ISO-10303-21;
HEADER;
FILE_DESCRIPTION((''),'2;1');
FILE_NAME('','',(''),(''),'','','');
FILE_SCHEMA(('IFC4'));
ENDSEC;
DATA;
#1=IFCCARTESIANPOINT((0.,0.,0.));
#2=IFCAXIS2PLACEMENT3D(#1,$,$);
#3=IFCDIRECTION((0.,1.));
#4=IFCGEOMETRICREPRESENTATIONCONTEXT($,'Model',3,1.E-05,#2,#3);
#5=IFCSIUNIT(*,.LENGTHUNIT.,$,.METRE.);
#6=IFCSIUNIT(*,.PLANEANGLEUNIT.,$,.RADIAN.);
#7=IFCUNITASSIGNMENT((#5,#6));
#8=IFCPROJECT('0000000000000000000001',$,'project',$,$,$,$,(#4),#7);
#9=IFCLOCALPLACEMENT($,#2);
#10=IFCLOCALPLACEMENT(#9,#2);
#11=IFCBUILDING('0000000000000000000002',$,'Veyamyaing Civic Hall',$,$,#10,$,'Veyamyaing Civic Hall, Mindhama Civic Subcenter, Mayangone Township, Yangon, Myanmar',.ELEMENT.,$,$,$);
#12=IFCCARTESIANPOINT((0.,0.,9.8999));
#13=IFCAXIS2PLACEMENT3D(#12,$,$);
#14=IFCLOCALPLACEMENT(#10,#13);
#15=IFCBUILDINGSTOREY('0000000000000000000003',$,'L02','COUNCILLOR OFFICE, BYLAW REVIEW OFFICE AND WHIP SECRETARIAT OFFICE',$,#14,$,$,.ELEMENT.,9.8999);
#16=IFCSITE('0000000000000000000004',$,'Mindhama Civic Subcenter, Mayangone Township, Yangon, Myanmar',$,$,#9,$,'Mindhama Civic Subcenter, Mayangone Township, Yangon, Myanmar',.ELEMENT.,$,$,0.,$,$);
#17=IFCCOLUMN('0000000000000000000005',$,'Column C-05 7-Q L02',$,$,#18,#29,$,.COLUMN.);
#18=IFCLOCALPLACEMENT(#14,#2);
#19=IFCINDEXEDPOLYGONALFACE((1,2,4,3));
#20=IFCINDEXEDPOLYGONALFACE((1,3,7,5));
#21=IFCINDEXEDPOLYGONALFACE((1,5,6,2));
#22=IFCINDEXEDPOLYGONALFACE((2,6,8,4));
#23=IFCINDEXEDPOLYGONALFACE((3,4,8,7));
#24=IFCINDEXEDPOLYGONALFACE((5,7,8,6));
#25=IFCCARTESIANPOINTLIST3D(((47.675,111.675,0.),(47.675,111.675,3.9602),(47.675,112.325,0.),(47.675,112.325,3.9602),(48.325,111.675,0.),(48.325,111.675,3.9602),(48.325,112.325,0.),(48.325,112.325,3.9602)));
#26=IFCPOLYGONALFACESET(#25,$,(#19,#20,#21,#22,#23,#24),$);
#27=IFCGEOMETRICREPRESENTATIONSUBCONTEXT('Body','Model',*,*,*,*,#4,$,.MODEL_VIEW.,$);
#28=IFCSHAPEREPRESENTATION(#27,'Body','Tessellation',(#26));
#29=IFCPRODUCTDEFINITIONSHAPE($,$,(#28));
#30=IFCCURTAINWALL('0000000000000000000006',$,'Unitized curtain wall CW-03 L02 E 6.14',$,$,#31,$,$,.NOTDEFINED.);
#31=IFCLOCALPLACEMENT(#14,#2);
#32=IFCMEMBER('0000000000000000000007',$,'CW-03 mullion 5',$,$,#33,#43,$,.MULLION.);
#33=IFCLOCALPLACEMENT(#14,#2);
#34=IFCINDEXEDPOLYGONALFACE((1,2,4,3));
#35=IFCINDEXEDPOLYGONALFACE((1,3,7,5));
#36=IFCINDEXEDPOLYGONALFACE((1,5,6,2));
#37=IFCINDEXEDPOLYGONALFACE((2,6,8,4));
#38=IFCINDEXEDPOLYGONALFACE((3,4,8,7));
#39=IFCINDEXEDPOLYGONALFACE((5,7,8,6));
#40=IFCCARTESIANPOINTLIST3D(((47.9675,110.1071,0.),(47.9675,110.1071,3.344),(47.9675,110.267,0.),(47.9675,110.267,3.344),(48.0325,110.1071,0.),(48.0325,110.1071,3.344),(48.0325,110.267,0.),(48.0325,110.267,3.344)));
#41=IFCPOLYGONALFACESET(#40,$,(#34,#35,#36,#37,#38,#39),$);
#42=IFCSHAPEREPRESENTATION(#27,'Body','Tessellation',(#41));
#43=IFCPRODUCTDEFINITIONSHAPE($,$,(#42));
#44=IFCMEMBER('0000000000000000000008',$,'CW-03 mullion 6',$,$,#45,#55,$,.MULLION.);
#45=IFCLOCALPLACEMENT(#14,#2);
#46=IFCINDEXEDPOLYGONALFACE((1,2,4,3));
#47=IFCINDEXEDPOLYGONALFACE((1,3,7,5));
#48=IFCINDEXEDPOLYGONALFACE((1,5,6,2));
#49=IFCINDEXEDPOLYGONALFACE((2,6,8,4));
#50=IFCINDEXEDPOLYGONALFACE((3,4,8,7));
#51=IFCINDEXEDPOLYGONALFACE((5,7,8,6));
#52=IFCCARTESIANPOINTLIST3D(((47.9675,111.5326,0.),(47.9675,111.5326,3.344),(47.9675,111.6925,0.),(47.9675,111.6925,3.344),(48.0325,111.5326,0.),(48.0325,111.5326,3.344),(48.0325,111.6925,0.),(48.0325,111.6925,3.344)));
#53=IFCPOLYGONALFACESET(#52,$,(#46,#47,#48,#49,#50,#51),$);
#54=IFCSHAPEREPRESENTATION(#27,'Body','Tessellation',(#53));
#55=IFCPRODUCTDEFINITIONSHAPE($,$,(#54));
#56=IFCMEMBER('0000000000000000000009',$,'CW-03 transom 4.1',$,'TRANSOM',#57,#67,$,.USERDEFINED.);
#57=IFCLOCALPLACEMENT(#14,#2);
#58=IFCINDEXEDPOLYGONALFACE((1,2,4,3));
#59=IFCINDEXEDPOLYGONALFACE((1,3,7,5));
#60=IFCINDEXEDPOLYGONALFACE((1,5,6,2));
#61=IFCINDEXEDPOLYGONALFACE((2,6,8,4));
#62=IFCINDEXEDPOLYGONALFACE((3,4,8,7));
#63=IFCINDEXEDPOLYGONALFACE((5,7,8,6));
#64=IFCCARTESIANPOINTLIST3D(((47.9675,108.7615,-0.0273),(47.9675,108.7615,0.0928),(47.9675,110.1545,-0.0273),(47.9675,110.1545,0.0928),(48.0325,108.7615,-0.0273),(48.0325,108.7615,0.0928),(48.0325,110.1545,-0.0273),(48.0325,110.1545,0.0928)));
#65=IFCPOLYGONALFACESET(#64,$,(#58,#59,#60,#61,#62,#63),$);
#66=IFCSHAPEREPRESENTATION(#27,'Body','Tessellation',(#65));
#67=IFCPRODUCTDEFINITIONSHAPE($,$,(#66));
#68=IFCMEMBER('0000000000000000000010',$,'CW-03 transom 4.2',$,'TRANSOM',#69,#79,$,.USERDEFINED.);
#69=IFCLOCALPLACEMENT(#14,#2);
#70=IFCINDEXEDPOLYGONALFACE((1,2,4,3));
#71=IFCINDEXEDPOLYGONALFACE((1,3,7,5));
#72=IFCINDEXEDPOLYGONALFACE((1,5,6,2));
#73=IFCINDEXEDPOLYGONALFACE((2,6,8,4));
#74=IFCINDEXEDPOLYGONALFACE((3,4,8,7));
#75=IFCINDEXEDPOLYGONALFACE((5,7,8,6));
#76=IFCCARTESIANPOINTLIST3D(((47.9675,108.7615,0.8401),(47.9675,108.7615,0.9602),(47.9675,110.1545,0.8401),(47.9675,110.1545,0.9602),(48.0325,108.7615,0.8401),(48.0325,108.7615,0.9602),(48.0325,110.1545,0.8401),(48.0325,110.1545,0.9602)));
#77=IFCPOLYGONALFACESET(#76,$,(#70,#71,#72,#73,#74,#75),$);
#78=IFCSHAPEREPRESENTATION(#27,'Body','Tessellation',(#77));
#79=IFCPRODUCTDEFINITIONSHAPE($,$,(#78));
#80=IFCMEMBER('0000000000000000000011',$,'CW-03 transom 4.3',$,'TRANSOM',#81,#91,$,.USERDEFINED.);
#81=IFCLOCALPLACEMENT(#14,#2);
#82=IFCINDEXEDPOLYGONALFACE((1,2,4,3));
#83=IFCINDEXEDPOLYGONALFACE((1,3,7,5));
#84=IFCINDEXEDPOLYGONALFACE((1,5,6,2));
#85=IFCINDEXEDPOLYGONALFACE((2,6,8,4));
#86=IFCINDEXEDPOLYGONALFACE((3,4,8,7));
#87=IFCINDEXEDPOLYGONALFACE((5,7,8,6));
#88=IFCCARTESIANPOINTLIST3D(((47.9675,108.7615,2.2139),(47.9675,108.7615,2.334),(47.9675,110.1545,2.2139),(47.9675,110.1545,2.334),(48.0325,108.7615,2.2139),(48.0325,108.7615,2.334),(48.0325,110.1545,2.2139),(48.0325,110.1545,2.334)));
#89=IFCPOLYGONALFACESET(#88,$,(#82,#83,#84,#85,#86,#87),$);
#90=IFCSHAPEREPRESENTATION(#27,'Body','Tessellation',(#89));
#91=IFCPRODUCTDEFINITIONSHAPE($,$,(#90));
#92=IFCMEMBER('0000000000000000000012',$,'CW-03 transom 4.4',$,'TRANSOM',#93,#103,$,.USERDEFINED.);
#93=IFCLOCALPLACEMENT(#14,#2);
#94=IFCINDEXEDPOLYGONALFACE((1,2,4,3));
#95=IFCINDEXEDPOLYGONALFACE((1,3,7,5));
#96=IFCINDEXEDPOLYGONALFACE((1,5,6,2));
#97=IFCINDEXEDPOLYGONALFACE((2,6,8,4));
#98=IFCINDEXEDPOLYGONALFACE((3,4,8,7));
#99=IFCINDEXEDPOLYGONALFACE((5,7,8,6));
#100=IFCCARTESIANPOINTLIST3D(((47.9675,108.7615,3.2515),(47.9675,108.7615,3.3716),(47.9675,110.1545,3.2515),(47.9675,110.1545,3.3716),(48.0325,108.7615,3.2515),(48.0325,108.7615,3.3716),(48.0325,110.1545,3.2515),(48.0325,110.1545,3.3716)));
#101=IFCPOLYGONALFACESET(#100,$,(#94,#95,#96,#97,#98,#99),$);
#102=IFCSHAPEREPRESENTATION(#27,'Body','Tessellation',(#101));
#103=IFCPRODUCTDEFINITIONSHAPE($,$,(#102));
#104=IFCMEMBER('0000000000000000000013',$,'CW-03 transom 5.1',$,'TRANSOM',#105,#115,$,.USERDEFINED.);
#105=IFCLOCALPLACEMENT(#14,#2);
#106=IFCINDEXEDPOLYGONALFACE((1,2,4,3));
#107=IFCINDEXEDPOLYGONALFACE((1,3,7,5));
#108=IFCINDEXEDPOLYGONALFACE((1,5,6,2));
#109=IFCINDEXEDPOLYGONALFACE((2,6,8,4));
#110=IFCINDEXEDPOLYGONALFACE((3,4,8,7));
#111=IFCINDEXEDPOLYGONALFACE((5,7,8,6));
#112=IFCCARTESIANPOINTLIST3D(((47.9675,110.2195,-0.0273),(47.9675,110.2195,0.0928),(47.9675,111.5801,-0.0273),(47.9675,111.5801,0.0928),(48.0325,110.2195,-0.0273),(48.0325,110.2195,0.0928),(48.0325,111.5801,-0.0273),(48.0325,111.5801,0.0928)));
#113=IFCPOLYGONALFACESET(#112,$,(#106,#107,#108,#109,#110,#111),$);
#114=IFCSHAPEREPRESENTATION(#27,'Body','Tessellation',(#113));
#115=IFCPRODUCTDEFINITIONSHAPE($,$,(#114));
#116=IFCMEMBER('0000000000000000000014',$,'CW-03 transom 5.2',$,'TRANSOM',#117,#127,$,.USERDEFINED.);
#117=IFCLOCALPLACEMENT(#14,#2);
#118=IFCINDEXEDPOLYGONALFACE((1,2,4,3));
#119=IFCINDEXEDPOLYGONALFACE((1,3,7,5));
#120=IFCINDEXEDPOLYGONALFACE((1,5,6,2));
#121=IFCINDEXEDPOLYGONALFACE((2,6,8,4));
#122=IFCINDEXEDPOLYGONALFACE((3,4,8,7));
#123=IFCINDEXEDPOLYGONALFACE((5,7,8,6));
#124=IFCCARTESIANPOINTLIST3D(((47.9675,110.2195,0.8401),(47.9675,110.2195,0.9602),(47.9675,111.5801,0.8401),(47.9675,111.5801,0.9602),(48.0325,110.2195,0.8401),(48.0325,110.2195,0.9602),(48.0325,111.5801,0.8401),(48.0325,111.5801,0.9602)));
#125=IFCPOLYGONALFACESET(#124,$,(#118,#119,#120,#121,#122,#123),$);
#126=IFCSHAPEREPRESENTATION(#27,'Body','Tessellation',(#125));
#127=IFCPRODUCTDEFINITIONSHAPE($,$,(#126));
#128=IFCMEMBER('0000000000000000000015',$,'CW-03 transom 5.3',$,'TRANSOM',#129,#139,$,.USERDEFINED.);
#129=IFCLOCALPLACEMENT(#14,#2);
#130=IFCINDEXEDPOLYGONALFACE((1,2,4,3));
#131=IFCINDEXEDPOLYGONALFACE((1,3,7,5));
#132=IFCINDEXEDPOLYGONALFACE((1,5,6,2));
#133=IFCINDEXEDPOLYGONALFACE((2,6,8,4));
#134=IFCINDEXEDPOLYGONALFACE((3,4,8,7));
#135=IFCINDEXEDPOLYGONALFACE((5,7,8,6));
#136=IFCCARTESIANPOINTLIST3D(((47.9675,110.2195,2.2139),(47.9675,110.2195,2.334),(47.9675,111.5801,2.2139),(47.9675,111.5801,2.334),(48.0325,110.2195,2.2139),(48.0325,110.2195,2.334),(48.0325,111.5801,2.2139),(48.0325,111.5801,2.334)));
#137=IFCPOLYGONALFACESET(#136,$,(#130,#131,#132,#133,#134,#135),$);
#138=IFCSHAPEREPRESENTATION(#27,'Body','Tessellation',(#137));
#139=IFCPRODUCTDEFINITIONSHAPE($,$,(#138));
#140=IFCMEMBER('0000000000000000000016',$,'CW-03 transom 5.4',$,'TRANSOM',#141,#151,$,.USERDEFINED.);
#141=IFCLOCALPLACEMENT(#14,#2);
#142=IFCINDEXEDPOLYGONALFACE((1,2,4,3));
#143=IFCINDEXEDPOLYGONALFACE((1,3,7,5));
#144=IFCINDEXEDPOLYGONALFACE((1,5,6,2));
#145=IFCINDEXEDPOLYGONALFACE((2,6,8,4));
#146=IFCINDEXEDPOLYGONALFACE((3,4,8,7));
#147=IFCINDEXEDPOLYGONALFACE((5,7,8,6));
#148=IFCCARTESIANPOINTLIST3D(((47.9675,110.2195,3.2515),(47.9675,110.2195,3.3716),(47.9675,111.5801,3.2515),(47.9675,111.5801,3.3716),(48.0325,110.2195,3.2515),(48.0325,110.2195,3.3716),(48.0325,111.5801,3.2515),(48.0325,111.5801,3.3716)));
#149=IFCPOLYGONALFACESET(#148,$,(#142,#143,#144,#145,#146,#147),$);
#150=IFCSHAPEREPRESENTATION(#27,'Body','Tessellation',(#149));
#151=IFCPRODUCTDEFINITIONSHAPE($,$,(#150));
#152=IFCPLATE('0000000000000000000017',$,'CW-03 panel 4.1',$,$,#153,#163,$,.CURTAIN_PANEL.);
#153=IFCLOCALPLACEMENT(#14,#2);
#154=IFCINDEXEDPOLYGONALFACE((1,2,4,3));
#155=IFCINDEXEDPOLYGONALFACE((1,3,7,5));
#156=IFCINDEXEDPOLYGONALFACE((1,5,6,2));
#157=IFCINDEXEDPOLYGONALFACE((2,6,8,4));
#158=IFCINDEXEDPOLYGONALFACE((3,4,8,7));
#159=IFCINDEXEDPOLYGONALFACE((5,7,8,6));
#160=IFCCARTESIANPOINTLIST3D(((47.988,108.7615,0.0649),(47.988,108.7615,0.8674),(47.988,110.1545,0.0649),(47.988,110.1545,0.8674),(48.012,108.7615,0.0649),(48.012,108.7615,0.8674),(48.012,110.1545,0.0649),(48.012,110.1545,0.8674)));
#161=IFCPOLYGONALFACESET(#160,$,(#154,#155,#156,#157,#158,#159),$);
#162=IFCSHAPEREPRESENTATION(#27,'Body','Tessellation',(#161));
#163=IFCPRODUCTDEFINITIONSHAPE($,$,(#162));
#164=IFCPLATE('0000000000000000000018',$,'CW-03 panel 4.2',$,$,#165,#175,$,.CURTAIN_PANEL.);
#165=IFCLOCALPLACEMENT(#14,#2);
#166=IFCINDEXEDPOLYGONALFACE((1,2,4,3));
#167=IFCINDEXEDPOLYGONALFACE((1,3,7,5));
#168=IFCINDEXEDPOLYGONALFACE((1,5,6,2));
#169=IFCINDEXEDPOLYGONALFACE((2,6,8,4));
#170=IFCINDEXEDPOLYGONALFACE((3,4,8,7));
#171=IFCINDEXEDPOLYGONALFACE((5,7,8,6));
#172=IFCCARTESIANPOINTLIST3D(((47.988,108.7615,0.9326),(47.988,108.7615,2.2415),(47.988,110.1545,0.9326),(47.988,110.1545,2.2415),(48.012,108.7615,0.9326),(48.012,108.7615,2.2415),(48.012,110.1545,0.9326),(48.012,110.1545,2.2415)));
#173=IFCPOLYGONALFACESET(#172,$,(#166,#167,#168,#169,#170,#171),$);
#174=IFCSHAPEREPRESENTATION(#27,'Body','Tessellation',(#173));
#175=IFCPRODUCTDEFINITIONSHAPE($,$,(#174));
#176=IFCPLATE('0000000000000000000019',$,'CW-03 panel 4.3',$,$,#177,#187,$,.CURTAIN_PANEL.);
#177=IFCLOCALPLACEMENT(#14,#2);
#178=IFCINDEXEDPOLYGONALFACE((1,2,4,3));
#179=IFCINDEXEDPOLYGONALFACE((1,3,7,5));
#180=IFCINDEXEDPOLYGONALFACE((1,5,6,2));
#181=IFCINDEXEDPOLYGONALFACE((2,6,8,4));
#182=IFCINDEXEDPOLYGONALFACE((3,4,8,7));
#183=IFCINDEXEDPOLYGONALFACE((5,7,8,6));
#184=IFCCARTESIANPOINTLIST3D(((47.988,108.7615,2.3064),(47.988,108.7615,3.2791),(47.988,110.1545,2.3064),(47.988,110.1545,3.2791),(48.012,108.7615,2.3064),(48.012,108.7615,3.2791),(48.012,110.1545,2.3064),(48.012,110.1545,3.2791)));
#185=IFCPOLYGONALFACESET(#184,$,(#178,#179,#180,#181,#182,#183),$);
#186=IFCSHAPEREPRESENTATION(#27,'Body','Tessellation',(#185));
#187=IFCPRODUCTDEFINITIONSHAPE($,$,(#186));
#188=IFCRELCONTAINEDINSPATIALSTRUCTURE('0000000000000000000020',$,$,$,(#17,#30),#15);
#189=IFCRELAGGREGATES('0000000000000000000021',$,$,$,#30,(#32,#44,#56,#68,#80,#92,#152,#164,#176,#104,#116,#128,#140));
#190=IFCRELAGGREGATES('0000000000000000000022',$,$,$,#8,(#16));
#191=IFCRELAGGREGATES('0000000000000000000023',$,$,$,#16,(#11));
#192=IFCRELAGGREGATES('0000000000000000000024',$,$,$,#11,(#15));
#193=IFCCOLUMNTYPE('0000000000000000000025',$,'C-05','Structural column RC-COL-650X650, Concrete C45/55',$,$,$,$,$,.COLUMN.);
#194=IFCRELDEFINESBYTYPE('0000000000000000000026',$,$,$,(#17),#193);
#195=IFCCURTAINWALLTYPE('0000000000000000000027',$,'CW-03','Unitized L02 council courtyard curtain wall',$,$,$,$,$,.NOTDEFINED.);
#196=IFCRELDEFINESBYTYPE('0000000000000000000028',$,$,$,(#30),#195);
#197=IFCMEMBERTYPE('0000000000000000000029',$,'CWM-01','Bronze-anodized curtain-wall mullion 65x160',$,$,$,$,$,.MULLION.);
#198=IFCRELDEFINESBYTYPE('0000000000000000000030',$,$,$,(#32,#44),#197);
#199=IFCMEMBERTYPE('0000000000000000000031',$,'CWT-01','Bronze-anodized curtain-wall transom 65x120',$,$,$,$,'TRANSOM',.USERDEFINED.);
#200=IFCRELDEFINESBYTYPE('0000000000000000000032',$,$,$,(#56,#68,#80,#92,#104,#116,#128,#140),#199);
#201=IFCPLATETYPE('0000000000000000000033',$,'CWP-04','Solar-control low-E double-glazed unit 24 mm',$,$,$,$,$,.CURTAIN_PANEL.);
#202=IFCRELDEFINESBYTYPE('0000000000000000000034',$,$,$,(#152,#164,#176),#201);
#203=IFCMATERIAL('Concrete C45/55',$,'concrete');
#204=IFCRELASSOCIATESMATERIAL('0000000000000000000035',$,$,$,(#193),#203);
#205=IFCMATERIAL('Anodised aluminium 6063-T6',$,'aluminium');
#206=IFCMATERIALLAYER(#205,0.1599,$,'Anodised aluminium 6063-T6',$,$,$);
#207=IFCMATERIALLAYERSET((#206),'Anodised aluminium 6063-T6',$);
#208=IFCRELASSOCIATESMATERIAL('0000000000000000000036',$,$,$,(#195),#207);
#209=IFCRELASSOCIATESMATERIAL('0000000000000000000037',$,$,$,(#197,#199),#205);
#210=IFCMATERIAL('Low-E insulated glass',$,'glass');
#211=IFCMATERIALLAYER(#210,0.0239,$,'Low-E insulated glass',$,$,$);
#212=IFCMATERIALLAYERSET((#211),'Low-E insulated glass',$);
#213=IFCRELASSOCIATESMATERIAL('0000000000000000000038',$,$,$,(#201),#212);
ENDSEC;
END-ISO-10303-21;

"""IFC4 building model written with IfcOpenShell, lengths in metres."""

from ifc_helpers import new_model, si_unit, direction, frame, origin, origin_2d, place, context, subcontext, project, spatial, rectangle, extrude, material, layer, layer_set, material_profile, profile_set, type_object, element, aggregate, save


model = new_model("IFC4")

# Units and contexts
model_context = context("Model", 3, precision=1e-05, world=origin(), true_north=direction((0.0, 1.0)))
body_context = subcontext(model_context, "Body", "Model", "MODEL_VIEW")
ifc_project = project(units=[si_unit("LENGTHUNIT", "METRE"), si_unit("PLANEANGLEUNIT", "RADIAN")], contexts=[model_context])

# Site, building, storey
site_placement = place(None, origin())
site = spatial("IfcSite", under=ifc_project, at=site_placement, Name="Mindhama Civic Subcenter, Mayangone Township, Yangon, Myanmar", LongName="Mindhama Civic Subcenter, Mayangone Township, Yangon, Myanmar", CompositionType="ELEMENT", RefElevation=0.0)
building_placement = place(site_placement, origin())
building = spatial("IfcBuilding", under=site, at=building_placement, Name="Veyamyaing Civic Hall", LongName="Veyamyaing Civic Hall, Mindhama Civic Subcenter, Mayangone Township, Yangon, Myanmar", CompositionType="ELEMENT")
storey_placement = place(building_placement, frame((0.0, 0.0, 9.8999)))
storey = spatial("IfcBuildingStorey", under=building, at=storey_placement, Name="L02", Description="COUNCILLOR OFFICE, BYLAW REVIEW OFFICE AND WHIP SECRETARIAT OFFICE", CompositionType="ELEMENT", Elevation=9.8999)

# Column
ifc_material_1 = material(Name="Concrete C45/55", Category="concrete")
ifc_material_profile_1 = material_profile(ifc_material_1, rectangle(XDim=0.6499, YDim=0.6499, at=origin_2d()), Name="RC-COL-650X650")
ifc_profile_set_1 = profile_set([ifc_material_profile_1], Name="Concrete C45/55")
column_type = type_object("IfcColumnType", Name="C-05", Description="Structural column RC-COL-650X650, Concrete C45/55", PredefinedType="COLUMN", material=ifc_profile_set_1)
column_placement = place(storey_placement, frame((48.0, 112.0, 0.0), z_axis=(0.0, 0.0, 1.0), x_axis=(1.0, 0.0, 0.0)))
element("IfcColumn", 1, at=column_placement, inside=storey, type_object=column_type, Name="Column C-05 7-Q L02", PredefinedType="COLUMN", context=body_context, shape_type="SweptSolid", body=[
    extrude(rectangle(XDim=0.6499, YDim=0.6499, at=origin_2d()), origin(), (0.0, 0.0, 1.0), 3.9602),
])

# Curtain wall, members, plates
ifc_material_2 = material(Name="Anodised aluminium 6063-T6", Category="aluminium")
ifc_layer_1 = layer(ifc_material_2, 0.1599, Name="Anodised aluminium 6063-T6")
ifc_layer_set_1 = layer_set([ifc_layer_1], Name="Anodised aluminium 6063-T6")
curtain_wall_type = type_object("IfcCurtainWallType", Name="CW-03", Description="Unitized L02 council courtyard curtain wall", PredefinedType="NOTDEFINED", material=ifc_layer_set_1)
curtain_wall_placement = place(storey_placement, origin())
curtain_wall = element("IfcCurtainWall", 2, at=curtain_wall_placement, inside=storey, type_object=curtain_wall_type, Name="Unitized curtain wall CW-03 L02 E 6.14", PredefinedType="NOTDEFINED")
ifc_material_profile_2 = material_profile(ifc_material_2, rectangle(XDim=0.0649, YDim=0.1599, at=origin_2d()), Name="ALU-MUL-65X160")
ifc_profile_set_2 = profile_set([ifc_material_profile_2], Name="Anodised aluminium 6063-T6")
member_type_1 = type_object("IfcMemberType", Name="CWM-01", Description="Bronze-anodized curtain-wall mullion 65x160", PredefinedType="MULLION", material=ifc_profile_set_2)
member_1_placement = place(storey_placement, frame((48.0, 110.187, 0.0), z_axis=(0.0, 0.0, 1.0), x_axis=(-1.0, 0.0, 0.0)))
member_1 = element("IfcMember", 3, at=member_1_placement, type_object=member_type_1, Name="CW-03 mullion 5", PredefinedType="MULLION", context=body_context, shape_type="SweptSolid", body=[
    extrude(rectangle(XDim=0.0649, YDim=0.1599, at=origin_2d()), origin(), (0.0, 0.0, 1.0), 3.344),
])
member_2_placement = place(storey_placement, frame((48.0, 111.6125, 0.0), z_axis=(0.0, 0.0, 1.0), x_axis=(-1.0, 0.0, 0.0)))
member_2 = element("IfcMember", 4, at=member_2_placement, type_object=member_type_1, Name="CW-03 mullion 6", PredefinedType="MULLION", context=body_context, shape_type="SweptSolid", body=[
    extrude(rectangle(XDim=0.0649, YDim=0.1599, at=origin_2d()), origin(), (0.0, 0.0, 1.0), 3.344),
])
ifc_material_profile_3 = material_profile(ifc_material_2, rectangle(XDim=0.0649, YDim=0.1201, at=origin_2d()), Name="ALU-TRN-65X120")
ifc_profile_set_3 = profile_set([ifc_material_profile_3], Name="Anodised aluminium 6063-T6")
member_type_2 = type_object("IfcMemberType", Name="CWT-01", Description="Bronze-anodized curtain-wall transom 65x120", ElementType="TRANSOM", PredefinedType="USERDEFINED", material=ifc_profile_set_3)
member_3_placement = place(storey_placement, frame((48.0, 108.7615, 0.0327), z_axis=(0.0, 1.0, 0.0), x_axis=(-1.0, 0.0, 0.0)))
member_3 = element("IfcMember", 5, at=member_3_placement, type_object=member_type_2, Name="CW-03 transom 4.1", ObjectType="TRANSOM", PredefinedType="USERDEFINED", context=body_context, shape_type="SweptSolid", body=[
    extrude(rectangle(XDim=0.0649, YDim=0.1201, at=origin_2d()), origin(), (0.0, 0.0, 1.0), 1.3931),
])
member_4_placement = place(storey_placement, frame((48.0, 108.7615, 0.9001), z_axis=(0.0, 1.0, 0.0), x_axis=(-1.0, 0.0, 0.0)))
member_4 = element("IfcMember", 6, at=member_4_placement, type_object=member_type_2, Name="CW-03 transom 4.2", ObjectType="TRANSOM", PredefinedType="USERDEFINED", context=body_context, shape_type="SweptSolid", body=[
    extrude(rectangle(XDim=0.0649, YDim=0.1201, at=origin_2d()), origin(), (0.0, 0.0, 1.0), 1.3931),
])
member_5_placement = place(storey_placement, frame((48.0, 108.7615, 2.2739), z_axis=(0.0, 1.0, 0.0), x_axis=(-1.0, 0.0, 0.0)))
member_5 = element("IfcMember", 7, at=member_5_placement, type_object=member_type_2, Name="CW-03 transom 4.3", ObjectType="TRANSOM", PredefinedType="USERDEFINED", context=body_context, shape_type="SweptSolid", body=[
    extrude(rectangle(XDim=0.0649, YDim=0.1201, at=origin_2d()), origin(), (0.0, 0.0, 1.0), 1.3931),
])
member_6_placement = place(storey_placement, frame((48.0, 108.7615, 3.3115), z_axis=(0.0, 1.0, 0.0), x_axis=(-1.0, 0.0, 0.0)))
member_6 = element("IfcMember", 8, at=member_6_placement, type_object=member_type_2, Name="CW-03 transom 4.4", ObjectType="TRANSOM", PredefinedType="USERDEFINED", context=body_context, shape_type="SweptSolid", body=[
    extrude(rectangle(XDim=0.0649, YDim=0.1201, at=origin_2d()), origin(), (0.0, 0.0, 1.0), 1.3931),
])
member_7_placement = place(storey_placement, frame((48.0, 110.2195, 0.0327), z_axis=(0.0, 1.0, 0.0), x_axis=(-1.0, 0.0, 0.0)))
member_7 = element("IfcMember", 9, at=member_7_placement, type_object=member_type_2, Name="CW-03 transom 5.1", ObjectType="TRANSOM", PredefinedType="USERDEFINED", context=body_context, shape_type="SweptSolid", body=[
    extrude(rectangle(XDim=0.0649, YDim=0.1201, at=origin_2d()), origin(), (0.0, 0.0, 1.0), 1.3606),
])
member_8_placement = place(storey_placement, frame((48.0, 110.2195, 0.9001), z_axis=(0.0, 1.0, 0.0), x_axis=(-1.0, 0.0, 0.0)))
member_8 = element("IfcMember", 10, at=member_8_placement, type_object=member_type_2, Name="CW-03 transom 5.2", ObjectType="TRANSOM", PredefinedType="USERDEFINED", context=body_context, shape_type="SweptSolid", body=[
    extrude(rectangle(XDim=0.0649, YDim=0.1201, at=origin_2d()), origin(), (0.0, 0.0, 1.0), 1.3606),
])
member_9_placement = place(storey_placement, frame((48.0, 110.2195, 2.2739), z_axis=(0.0, 1.0, 0.0), x_axis=(-1.0, 0.0, 0.0)))
member_9 = element("IfcMember", 11, at=member_9_placement, type_object=member_type_2, Name="CW-03 transom 5.3", ObjectType="TRANSOM", PredefinedType="USERDEFINED", context=body_context, shape_type="SweptSolid", body=[
    extrude(rectangle(XDim=0.0649, YDim=0.1201, at=origin_2d()), origin(), (0.0, 0.0, 1.0), 1.3606),
])
member_10_placement = place(storey_placement, frame((48.0, 110.2195, 3.3115), z_axis=(0.0, 1.0, 0.0), x_axis=(-1.0, 0.0, 0.0)))
member_10 = element("IfcMember", 12, at=member_10_placement, type_object=member_type_2, Name="CW-03 transom 5.4", ObjectType="TRANSOM", PredefinedType="USERDEFINED", context=body_context, shape_type="SweptSolid", body=[
    extrude(rectangle(XDim=0.0649, YDim=0.1201, at=origin_2d()), origin(), (0.0, 0.0, 1.0), 1.3606),
])
ifc_material_3 = material(Name="Low-E insulated glass", Category="glass")
ifc_layer_2 = layer(ifc_material_3, 0.0239, Name="Low-E insulated glass")
ifc_layer_set_2 = layer_set([ifc_layer_2], Name="Low-E insulated glass")
plate_type = type_object("IfcPlateType", Name="CWP-04", Description="Solar-control low-E double-glazed unit 24 mm", PredefinedType="CURTAIN_PANEL", material=ifc_layer_set_2)
plate_1_placement = place(storey_placement, frame((48.0, 109.458, 0.0649), z_axis=(0.0, 0.0, 1.0), x_axis=(0.0, 1.0, 0.0)))
plate_1 = element("IfcPlate", 13, at=plate_1_placement, type_object=plate_type, Name="CW-03 panel 4.1", PredefinedType="CURTAIN_PANEL", context=body_context, shape_type="SweptSolid", body=[
    extrude(rectangle(XDim=1.3931, YDim=0.0239, at=origin_2d()), origin(), (0.0, 0.0, 1.0), 0.8025),
])
plate_2_placement = place(storey_placement, frame((48.0, 109.458, 0.9326), z_axis=(0.0, 0.0, 1.0), x_axis=(0.0, 1.0, 0.0)))
plate_2 = element("IfcPlate", 14, at=plate_2_placement, type_object=plate_type, Name="CW-03 panel 4.2", PredefinedType="CURTAIN_PANEL", context=body_context, shape_type="SweptSolid", body=[
    extrude(rectangle(XDim=1.3931, YDim=0.0239, at=origin_2d()), origin(), (0.0, 0.0, 1.0), 1.3088),
])
plate_3_placement = place(storey_placement, frame((48.0, 109.458, 2.3064), z_axis=(0.0, 0.0, 1.0), x_axis=(0.0, 1.0, 0.0)))
plate_3 = element("IfcPlate", 15, at=plate_3_placement, type_object=plate_type, Name="CW-03 panel 4.3", PredefinedType="CURTAIN_PANEL", context=body_context, shape_type="SweptSolid", body=[
    extrude(rectangle(XDim=1.3931, YDim=0.0239, at=origin_2d()), origin(), (0.0, 0.0, 1.0), 0.9727),
])
aggregate(curtain_wall, [member_1, member_2, member_3, member_4, member_5, member_6, plate_1, plate_2, plate_3, member_7, member_8, member_9, member_10])

save(model, "model.ifc")
